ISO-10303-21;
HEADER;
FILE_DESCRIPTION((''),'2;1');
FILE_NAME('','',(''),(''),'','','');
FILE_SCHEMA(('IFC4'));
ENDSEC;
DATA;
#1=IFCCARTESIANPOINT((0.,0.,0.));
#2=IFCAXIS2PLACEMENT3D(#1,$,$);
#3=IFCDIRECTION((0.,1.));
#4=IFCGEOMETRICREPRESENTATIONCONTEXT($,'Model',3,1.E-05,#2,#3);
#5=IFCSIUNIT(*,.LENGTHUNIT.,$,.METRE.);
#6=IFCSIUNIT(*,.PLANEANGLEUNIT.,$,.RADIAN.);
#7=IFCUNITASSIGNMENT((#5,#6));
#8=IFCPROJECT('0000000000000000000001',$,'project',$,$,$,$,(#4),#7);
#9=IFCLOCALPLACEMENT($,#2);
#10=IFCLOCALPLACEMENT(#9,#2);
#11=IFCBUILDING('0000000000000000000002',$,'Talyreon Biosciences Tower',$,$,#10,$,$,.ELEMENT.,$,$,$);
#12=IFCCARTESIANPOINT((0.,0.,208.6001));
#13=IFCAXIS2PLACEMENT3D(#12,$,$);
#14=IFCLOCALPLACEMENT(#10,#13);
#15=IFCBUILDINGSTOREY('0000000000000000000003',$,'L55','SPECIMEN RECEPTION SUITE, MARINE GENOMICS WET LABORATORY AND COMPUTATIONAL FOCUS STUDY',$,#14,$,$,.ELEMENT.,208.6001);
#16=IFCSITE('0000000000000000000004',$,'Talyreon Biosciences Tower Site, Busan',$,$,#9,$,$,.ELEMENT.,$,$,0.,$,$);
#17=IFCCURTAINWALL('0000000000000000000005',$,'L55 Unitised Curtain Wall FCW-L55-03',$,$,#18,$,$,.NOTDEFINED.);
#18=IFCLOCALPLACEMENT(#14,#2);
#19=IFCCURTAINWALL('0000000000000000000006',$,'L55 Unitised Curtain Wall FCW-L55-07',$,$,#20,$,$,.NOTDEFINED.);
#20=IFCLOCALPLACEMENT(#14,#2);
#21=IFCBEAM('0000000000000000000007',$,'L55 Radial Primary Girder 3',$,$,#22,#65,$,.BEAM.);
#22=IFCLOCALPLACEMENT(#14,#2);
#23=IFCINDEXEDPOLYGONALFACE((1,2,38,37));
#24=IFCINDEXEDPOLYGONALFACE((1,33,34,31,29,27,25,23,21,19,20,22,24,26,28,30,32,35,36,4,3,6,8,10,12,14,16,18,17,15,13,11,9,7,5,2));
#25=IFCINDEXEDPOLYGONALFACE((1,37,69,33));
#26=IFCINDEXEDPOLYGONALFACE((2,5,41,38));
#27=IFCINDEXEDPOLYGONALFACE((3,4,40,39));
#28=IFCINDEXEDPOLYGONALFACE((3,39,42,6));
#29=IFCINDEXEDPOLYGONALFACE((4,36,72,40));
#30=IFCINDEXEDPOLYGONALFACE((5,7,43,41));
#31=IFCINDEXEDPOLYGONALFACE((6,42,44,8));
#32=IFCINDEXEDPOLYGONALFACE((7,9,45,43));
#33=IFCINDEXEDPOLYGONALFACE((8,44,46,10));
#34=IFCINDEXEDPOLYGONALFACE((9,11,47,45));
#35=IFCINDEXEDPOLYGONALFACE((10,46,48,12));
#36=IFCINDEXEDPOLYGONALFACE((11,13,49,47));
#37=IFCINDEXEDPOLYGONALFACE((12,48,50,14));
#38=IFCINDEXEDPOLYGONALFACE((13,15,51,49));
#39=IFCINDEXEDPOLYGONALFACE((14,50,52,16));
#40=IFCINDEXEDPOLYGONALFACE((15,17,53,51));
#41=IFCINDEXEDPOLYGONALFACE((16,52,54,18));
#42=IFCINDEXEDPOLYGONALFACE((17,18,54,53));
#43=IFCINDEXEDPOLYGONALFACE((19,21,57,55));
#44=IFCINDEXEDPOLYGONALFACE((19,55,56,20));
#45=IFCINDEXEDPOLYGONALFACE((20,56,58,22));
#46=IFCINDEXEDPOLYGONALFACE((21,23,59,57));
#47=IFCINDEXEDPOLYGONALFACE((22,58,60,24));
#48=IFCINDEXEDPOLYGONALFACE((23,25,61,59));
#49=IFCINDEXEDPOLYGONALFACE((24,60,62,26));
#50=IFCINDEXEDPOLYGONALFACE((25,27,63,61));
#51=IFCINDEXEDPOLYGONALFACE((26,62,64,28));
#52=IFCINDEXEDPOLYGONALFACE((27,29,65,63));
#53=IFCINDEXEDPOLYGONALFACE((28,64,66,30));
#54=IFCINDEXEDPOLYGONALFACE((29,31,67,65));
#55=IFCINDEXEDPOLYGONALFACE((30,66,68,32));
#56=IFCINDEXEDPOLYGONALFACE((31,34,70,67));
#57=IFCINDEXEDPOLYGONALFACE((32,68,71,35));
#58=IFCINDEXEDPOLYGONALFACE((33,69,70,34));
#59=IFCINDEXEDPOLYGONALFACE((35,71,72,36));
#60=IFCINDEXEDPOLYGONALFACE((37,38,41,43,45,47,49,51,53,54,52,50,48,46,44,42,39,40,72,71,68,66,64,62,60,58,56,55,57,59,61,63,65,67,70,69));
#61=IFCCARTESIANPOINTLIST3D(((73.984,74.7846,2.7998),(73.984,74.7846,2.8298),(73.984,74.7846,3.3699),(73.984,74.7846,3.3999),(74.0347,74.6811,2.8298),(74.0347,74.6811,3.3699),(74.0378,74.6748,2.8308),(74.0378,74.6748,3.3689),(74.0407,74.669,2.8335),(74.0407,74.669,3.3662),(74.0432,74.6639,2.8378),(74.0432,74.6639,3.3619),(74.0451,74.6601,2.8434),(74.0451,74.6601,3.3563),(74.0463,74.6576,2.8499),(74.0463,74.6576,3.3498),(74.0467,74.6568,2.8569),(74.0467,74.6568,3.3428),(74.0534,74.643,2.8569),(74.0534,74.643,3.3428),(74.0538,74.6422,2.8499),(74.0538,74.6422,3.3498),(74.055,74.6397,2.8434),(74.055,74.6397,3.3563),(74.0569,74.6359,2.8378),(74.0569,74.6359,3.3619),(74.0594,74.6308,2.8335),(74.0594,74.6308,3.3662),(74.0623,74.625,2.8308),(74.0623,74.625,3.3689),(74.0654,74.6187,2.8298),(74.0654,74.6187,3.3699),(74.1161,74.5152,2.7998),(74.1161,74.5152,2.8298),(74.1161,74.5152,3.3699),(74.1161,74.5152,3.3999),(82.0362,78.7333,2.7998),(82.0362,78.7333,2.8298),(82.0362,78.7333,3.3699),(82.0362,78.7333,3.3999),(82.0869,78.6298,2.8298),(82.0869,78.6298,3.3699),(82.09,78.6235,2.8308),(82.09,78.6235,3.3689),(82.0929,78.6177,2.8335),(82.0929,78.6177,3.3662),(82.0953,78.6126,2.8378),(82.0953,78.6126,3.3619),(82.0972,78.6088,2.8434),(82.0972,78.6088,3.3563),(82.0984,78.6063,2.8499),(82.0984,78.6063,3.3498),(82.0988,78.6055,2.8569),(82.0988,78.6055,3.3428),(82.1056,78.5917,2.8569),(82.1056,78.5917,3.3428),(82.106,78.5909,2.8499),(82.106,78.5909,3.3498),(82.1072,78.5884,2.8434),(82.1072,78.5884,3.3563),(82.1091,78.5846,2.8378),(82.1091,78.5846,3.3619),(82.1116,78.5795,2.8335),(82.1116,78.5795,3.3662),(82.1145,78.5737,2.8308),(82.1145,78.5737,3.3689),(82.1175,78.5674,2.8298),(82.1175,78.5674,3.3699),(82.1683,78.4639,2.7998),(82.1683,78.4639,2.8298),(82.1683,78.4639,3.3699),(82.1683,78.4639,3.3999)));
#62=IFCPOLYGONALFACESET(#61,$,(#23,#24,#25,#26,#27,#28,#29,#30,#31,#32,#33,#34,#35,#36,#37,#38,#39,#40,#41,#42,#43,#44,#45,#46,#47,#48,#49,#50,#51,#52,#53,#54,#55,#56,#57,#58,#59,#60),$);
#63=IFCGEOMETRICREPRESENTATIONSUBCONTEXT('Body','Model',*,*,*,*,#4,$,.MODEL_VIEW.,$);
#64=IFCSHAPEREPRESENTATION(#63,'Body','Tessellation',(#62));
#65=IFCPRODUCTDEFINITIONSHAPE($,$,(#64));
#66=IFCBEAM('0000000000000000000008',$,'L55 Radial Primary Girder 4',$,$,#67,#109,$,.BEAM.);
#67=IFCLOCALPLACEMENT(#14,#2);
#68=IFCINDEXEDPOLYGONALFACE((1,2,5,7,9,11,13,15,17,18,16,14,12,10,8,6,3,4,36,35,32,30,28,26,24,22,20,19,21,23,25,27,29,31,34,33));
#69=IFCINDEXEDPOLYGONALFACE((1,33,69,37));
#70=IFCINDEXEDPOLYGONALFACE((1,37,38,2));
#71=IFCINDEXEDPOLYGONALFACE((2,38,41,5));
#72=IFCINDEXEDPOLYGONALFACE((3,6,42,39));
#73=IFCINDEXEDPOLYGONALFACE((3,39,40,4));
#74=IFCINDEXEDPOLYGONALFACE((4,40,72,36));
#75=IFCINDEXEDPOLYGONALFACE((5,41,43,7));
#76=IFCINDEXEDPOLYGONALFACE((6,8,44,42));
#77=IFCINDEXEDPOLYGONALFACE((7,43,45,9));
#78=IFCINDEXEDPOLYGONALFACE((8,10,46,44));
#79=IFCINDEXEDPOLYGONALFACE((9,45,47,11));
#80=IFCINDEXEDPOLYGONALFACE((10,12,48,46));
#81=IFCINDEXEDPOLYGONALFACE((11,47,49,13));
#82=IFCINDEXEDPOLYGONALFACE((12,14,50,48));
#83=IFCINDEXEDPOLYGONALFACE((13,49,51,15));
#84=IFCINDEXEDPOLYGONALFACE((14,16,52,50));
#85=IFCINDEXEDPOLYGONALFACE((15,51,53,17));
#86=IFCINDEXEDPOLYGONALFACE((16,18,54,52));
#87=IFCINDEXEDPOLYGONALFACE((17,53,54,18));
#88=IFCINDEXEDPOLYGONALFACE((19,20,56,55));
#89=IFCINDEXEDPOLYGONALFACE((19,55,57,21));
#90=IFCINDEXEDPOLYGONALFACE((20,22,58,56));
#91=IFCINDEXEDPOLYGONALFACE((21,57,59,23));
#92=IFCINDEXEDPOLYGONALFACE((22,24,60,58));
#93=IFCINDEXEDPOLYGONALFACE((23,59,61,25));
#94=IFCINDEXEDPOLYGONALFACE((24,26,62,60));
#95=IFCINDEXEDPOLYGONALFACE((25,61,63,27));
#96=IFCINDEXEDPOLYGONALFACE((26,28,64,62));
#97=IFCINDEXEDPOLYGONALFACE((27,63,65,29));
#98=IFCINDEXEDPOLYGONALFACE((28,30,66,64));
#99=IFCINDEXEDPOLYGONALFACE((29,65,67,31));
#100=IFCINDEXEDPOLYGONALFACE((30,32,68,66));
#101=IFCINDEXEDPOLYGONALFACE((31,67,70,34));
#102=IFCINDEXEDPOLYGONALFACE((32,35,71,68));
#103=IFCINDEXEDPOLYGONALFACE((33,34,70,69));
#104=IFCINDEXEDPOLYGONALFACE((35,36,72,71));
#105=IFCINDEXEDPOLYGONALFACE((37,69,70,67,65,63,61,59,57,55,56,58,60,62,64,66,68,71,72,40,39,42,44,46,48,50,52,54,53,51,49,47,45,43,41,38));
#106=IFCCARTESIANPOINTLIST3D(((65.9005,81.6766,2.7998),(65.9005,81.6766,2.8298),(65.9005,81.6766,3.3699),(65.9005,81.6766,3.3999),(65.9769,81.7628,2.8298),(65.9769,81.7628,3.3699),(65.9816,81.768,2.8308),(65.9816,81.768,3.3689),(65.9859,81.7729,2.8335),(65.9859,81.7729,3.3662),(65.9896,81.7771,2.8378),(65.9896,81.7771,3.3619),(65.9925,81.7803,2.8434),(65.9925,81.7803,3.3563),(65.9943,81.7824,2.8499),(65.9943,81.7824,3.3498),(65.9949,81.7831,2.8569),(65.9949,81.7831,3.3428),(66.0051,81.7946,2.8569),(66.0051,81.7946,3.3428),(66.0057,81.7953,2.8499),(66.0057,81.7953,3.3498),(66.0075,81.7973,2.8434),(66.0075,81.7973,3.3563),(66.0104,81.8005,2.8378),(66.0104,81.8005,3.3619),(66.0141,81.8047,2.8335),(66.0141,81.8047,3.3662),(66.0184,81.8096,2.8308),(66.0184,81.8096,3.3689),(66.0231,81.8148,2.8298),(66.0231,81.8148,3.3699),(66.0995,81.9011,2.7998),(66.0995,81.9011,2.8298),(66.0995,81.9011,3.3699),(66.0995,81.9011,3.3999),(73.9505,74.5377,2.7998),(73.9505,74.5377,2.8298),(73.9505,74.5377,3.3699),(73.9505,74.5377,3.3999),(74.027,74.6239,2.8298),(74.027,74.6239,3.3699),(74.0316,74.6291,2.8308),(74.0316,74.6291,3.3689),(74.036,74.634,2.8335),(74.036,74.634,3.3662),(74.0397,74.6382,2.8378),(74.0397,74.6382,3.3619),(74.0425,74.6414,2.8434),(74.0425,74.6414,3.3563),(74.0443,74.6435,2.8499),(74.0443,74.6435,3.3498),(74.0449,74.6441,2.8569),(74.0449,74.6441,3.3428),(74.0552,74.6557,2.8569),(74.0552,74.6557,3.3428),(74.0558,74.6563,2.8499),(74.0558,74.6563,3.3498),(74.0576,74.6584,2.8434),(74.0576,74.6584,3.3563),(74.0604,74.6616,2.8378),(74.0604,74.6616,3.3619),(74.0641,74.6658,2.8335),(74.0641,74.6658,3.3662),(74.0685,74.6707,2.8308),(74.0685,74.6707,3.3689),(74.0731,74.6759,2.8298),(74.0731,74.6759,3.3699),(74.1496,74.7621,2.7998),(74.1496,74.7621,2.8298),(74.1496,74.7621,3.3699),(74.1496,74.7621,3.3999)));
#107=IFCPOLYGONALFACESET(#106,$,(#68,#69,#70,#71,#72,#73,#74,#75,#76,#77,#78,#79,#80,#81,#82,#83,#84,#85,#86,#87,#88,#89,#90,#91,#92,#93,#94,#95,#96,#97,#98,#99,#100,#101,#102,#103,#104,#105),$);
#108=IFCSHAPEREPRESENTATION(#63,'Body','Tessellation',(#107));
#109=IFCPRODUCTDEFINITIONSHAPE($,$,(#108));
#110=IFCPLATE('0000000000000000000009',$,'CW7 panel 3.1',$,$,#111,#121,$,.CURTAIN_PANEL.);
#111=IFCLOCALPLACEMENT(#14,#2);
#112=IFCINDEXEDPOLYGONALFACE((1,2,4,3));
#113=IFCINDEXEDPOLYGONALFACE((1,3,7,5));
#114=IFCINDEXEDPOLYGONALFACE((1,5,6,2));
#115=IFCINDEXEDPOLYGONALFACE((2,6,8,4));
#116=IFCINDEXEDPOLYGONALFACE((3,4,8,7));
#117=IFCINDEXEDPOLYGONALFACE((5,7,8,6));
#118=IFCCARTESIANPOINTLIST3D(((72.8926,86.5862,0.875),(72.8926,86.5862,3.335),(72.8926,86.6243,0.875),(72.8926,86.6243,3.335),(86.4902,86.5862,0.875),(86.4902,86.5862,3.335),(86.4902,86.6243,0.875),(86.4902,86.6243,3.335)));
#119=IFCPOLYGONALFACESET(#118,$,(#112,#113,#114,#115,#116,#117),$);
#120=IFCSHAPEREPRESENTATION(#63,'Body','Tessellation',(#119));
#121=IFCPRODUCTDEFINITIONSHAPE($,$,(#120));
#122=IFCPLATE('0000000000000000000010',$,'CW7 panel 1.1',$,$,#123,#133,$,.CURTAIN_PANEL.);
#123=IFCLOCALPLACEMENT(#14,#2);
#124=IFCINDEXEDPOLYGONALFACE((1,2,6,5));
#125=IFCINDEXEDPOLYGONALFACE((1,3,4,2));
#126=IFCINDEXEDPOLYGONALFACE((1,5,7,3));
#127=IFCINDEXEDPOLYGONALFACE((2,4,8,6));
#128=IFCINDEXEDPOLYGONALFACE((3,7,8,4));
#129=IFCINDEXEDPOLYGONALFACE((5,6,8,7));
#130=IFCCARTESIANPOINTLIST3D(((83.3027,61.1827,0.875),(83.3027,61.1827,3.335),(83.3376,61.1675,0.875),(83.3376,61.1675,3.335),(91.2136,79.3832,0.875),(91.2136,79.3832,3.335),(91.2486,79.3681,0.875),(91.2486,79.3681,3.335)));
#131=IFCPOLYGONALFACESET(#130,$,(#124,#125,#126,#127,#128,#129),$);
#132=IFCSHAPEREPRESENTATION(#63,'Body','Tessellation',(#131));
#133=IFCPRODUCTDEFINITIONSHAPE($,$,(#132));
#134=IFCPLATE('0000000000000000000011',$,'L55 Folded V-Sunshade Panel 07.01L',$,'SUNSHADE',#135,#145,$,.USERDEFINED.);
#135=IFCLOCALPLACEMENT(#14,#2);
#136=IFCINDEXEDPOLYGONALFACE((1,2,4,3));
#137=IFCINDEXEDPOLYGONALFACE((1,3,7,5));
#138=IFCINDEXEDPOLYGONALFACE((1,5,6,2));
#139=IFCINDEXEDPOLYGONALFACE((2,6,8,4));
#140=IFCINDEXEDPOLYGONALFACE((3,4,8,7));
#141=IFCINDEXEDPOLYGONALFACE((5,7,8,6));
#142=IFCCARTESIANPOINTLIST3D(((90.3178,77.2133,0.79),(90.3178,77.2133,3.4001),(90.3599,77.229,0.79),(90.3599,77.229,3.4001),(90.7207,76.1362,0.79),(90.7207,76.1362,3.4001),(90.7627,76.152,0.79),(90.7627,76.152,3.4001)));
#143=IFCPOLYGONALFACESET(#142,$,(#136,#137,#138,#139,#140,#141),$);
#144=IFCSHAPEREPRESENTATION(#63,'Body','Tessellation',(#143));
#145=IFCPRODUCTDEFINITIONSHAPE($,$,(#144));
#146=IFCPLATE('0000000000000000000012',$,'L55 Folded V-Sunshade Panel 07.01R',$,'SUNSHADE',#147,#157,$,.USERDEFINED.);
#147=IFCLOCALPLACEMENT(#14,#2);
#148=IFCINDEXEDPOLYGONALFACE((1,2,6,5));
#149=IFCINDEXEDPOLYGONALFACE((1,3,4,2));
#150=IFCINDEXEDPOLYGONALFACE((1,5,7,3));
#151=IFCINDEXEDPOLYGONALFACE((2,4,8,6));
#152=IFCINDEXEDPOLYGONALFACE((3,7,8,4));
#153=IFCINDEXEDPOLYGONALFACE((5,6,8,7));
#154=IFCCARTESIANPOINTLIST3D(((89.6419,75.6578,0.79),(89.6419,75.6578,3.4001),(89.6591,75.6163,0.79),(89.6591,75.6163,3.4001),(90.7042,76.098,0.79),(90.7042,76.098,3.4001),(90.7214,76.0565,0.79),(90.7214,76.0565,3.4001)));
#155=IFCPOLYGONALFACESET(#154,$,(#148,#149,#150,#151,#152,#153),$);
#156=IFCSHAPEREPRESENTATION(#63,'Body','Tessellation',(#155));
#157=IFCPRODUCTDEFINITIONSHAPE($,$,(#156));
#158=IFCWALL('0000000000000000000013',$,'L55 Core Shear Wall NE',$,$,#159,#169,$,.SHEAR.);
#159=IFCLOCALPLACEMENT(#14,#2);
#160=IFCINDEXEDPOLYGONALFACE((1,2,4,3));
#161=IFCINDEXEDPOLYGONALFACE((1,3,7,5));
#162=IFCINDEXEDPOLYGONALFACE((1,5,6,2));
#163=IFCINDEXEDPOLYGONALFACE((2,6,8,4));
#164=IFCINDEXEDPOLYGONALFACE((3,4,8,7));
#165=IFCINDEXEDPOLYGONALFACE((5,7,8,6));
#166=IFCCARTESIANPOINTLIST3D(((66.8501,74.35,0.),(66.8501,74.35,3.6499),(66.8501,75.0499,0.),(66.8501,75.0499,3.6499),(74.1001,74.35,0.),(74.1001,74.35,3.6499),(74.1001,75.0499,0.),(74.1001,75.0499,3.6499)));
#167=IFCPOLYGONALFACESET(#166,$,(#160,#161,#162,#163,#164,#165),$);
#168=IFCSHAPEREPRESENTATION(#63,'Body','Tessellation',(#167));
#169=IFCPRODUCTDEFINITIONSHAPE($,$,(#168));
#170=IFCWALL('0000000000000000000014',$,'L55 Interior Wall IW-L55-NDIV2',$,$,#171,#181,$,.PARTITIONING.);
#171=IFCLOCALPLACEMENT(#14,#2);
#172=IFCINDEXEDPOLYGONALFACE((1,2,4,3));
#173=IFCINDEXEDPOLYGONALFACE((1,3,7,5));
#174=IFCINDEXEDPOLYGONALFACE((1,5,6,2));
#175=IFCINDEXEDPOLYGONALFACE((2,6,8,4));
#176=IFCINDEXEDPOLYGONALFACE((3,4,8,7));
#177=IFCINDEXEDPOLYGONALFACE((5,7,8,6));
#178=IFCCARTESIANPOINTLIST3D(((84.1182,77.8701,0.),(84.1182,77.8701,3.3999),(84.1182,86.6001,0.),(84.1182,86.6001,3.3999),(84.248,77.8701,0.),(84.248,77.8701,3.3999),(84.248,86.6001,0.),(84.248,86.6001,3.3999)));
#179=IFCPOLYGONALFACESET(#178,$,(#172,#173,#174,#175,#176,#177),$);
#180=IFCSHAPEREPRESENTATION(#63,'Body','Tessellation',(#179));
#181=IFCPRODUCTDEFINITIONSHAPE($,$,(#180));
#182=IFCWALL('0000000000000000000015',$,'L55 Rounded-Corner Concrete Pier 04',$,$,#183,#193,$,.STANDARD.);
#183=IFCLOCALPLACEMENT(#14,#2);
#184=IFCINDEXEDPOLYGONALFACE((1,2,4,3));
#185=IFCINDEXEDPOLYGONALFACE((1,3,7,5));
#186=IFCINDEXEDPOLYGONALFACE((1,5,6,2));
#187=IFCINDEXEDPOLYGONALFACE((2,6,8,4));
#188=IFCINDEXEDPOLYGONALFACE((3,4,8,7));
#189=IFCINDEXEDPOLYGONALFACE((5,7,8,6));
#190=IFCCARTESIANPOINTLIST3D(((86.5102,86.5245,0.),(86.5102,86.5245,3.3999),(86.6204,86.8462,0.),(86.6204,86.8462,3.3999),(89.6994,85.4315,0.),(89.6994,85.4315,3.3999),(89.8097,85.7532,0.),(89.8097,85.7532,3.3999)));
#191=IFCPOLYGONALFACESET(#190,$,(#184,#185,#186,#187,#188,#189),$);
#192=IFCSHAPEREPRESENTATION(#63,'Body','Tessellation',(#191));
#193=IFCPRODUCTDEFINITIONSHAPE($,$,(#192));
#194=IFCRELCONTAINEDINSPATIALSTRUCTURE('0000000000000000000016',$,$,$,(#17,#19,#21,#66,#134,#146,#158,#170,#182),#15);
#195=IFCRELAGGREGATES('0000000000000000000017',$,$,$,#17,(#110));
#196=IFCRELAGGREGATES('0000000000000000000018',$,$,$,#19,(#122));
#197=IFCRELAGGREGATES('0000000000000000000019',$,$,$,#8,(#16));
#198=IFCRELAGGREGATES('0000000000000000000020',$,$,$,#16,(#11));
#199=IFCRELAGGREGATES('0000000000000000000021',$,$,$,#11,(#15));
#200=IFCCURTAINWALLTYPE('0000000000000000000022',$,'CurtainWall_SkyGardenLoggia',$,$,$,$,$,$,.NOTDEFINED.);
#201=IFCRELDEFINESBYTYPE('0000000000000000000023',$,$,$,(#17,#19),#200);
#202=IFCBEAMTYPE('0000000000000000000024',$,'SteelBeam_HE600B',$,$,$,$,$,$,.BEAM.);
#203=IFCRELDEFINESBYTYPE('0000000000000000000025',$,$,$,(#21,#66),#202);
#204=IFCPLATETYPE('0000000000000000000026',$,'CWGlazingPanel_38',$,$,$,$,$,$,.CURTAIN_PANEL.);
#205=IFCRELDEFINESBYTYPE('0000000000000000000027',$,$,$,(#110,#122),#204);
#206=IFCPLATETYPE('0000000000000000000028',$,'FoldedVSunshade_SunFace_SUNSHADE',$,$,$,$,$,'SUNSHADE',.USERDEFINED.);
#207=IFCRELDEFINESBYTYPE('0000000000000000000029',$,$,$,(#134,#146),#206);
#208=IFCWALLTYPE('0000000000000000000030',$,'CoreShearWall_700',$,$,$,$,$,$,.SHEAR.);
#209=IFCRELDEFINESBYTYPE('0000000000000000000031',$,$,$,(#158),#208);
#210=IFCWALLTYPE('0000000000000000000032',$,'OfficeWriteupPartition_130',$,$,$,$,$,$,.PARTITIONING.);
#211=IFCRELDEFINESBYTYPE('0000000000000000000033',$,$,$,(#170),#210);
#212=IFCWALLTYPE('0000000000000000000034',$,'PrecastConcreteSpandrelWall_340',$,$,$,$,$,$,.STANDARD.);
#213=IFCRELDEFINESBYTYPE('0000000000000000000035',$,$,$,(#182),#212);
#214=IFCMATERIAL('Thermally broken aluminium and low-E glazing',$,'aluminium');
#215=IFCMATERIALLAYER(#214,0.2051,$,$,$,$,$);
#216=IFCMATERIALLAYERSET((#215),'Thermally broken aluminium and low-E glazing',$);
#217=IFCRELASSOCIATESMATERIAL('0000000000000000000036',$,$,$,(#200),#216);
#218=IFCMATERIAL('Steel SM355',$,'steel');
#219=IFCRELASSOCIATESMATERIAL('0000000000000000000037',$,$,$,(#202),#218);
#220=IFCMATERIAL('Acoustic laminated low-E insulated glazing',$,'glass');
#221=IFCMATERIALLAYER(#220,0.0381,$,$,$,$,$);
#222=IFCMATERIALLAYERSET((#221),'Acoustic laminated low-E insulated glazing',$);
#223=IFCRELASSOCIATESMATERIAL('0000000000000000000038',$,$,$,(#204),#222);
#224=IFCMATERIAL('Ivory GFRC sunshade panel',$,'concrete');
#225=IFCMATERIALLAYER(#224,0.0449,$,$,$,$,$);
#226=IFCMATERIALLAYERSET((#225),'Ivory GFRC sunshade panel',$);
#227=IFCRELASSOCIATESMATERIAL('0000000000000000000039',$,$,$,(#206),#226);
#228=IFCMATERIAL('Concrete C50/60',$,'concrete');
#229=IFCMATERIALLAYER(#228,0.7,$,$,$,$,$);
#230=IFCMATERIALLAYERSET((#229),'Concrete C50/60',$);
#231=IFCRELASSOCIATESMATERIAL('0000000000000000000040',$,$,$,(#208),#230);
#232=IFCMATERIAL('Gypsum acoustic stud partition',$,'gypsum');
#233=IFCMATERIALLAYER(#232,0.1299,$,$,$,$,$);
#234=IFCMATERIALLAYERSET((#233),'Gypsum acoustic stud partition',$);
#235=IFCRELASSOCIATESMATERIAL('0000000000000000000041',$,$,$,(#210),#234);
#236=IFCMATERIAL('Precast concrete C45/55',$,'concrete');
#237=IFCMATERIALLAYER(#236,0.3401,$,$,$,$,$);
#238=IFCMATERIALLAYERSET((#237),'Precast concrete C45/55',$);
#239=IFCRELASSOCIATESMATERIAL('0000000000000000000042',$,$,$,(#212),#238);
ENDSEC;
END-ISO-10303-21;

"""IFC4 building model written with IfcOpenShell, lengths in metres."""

from ifc_helpers import new_model, si_unit, direction, frame, frame_2d, origin, origin_2d, place, context, subcontext, project, spatial, rectangle, i_section, extrude, material, layer, layer_set, material_profile, profile_set, type_object, element, aggregate, save


model = new_model("IFC4")

# Units and contexts
model_context = context("Model", 3, precision=1e-05, world=origin(), true_north=direction((0.0, 1.0)))
body_context = subcontext(model_context, "Body", "Model", "MODEL_VIEW")
ifc_project = project(units=[si_unit("LENGTHUNIT", "METRE"), si_unit("PLANEANGLEUNIT", "RADIAN")], contexts=[model_context])

# Site, building, storey
site_placement = place(None, origin())
site = spatial("IfcSite", under=ifc_project, at=site_placement, Name="Talyreon Biosciences Tower Site, Busan", CompositionType="ELEMENT", RefElevation=0.0)
building_placement = place(site_placement, origin())
building = spatial("IfcBuilding", under=site, at=building_placement, Name="Talyreon Biosciences Tower", CompositionType="ELEMENT")
storey_placement = place(building_placement, frame((0.0, 0.0, 208.6001)))
storey = spatial("IfcBuildingStorey", under=building, at=storey_placement, Name="L55", Description="SPECIMEN RECEPTION SUITE, MARINE GENOMICS WET LABORATORY AND COMPUTATIONAL FOCUS STUDY", CompositionType="ELEMENT", Elevation=208.6001)

# Shared definitions
ifc_material_1 = material(Name="Concrete C50/60", Category="concrete")

# Curtain wall
ifc_material_2 = material(Name="Thermally broken aluminium and low-E glazing", Category="aluminium")
ifc_layer_1 = layer(ifc_material_2, 0.2051)
ifc_layer_set_1 = layer_set([ifc_layer_1], Name="Thermally broken aluminium and low-E glazing")
curtain_wall_type = type_object("IfcCurtainWallType", Name="CurtainWall_SkyGardenLoggia", PredefinedType="NOTDEFINED", material=ifc_layer_set_1)
curtain_wall_1_placement = place(storey_placement, origin())
curtain_wall_1 = element("IfcCurtainWall", 1, at=curtain_wall_1_placement, inside=storey, type_object=curtain_wall_type, Name="L55 Unitised Curtain Wall FCW-L55-03", PredefinedType="NOTDEFINED")

# Curtain wall
curtain_wall_2_placement = place(storey_placement, origin())
curtain_wall_2 = element("IfcCurtainWall", 2, at=curtain_wall_2_placement, inside=storey, type_object=curtain_wall_type, Name="L55 Unitised Curtain Wall FCW-L55-07", PredefinedType="NOTDEFINED")

# Beams
ifc_material_3 = material(Name="Precast concrete C45/55", Category="concrete")
ifc_material_4 = material(Name="Steel SM355", Category="steel")
ifc_material_profile_1 = material_profile(ifc_material_4, i_section(OverallWidth=0.3, OverallDepth=0.6001, WebThickness=0.0154, FlangeThickness=0.03, FilletRadius=0.0271, at=origin_2d()), Name="HE600B")
ifc_profile_set_1 = profile_set([ifc_material_profile_1], Name="Steel SM355")
beam_type_1 = type_object("IfcBeamType", Name="SteelBeam_HE600B", PredefinedType="BEAM", material=ifc_profile_set_1)
beam_1_placement = place(storey_placement, frame((74.05, 74.6499, 3.0999), z_axis=(0.897852, 0.440297, 0.0), x_axis=(-0.440297, 0.897852, 0.0)))
element("IfcBeam", 3, at=beam_1_placement, inside=storey, type_object=beam_type_1, Name="L55 Radial Primary Girder 3", PredefinedType="BEAM", context=body_context, shape_type="SweptSolid", body=[
    extrude(i_section(OverallWidth=0.3, OverallDepth=0.6001, WebThickness=0.0154, FlangeThickness=0.03, FilletRadius=0.0271, at=origin_2d()), origin(), (0.0, 0.0, 1.0), 8.9683),
])
beam_2_placement = place(storey_placement, frame((74.05, 74.6499, 3.0999), z_axis=(-0.748179, 0.663497, 0.0), x_axis=(-0.663497, -0.748179, 0.0)))
element("IfcBeam", 4, at=beam_2_placement, inside=storey, type_object=beam_type_1, Name="L55 Radial Primary Girder 4", PredefinedType="BEAM", context=body_context, shape_type="SweptSolid", body=[
    extrude(i_section(OverallWidth=0.3, OverallDepth=0.6001, WebThickness=0.0154, FlangeThickness=0.03, FilletRadius=0.0271, at=origin_2d()), origin(), (0.0, 0.0, 1.0), 10.7595),
])

# Plates
ifc_material_5 = material(Name="Acoustic laminated low-E insulated glazing", Category="glass")
ifc_layer_2 = layer(ifc_material_5, 0.0381)
ifc_layer_set_2 = layer_set([ifc_layer_2], Name="Acoustic laminated low-E insulated glazing")
plate_type_1 = type_object("IfcPlateType", Name="CWGlazingPanel_38", PredefinedType="CURTAIN_PANEL", material=ifc_layer_set_2)
plate_1_placement = place(storey_placement, frame((79.6914, 86.6052, 0.875), z_axis=(0.0, 0.0, 1.0), x_axis=(1.0, 0.0, 0.0)))
plate_1 = element("IfcPlate", 5, at=plate_1_placement, type_object=plate_type_1, Name="CW7 panel 3.1", PredefinedType="CURTAIN_PANEL", context=body_context, shape_type="SweptSolid", body=[
    extrude(rectangle(XDim=13.5977, YDim=0.0381, at=origin_2d()), origin(), (0.0, 0.0, 1.0), 2.46),
])
aggregate(curtain_wall_1, [plate_1])
plate_2_placement = place(storey_placement, frame((87.2756, 70.2754, 0.875), z_axis=(0.0, 0.0, 1.0), x_axis=(-0.398628, -0.917113, 0.0)))
plate_2 = element("IfcPlate", 6, at=plate_2_placement, type_object=plate_type_1, Name="CW7 panel 1.1", PredefinedType="CURTAIN_PANEL", context=body_context, shape_type="SweptSolid", body=[
    extrude(rectangle(XDim=19.8455, YDim=0.0381, at=origin_2d()), origin(), (0.0, 0.0, 1.0), 2.46),
])
aggregate(curtain_wall_2, [plate_2])

# Plates
ifc_material_6 = material(Name="Ivory GFRC sunshade panel", Category="concrete")
ifc_layer_3 = layer(ifc_material_6, 0.0449)
ifc_layer_set_3 = layer_set([ifc_layer_3], Name="Ivory GFRC sunshade panel")
plate_type_2 = type_object("IfcPlateType", Name="FoldedVSunshade_SunFace_SUNSHADE", ElementType="SUNSHADE", PredefinedType="USERDEFINED", material=ifc_layer_set_3)
for number, where, z_axis, x_axis, name in (
    (7, (90.5403, 76.6826, 0.79), (0.0, 0.0, 1.0), (0.350338, -0.936623, 0.0), "L55 Folded V-Sunshade Panel 07.01L"),
    (8, (90.1816, 75.8572, 0.79), (0.0, 0.0, 1.0), (-0.923826, -0.382812, 0.0), "L55 Folded V-Sunshade Panel 07.01R"),
):
    element("IfcPlate", number, at=place(storey_placement, frame(where, z_axis=z_axis, x_axis=x_axis)), inside=storey, type_object=plate_type_2, Name=name, ObjectType="SUNSHADE", PredefinedType="USERDEFINED", context=body_context, shape_type="SweptSolid", body=[
        extrude(rectangle(XDim=1.1499, YDim=0.0449, at=origin_2d()), origin(), (0.0, 0.0, 1.0), 2.6101),
    ])

# Walls
ifc_layer_4 = layer(ifc_material_1, 0.7)
ifc_layer_set_4 = layer_set([ifc_layer_4], Name="Concrete C50/60")
wall_type_1 = type_object("IfcWallType", Name="CoreShearWall_700", PredefinedType="SHEAR", material=ifc_layer_set_4)
wall_1_placement = place(storey_placement, frame((74.1001, 74.7, 0.0), z_axis=(0.0, 0.0, 1.0), x_axis=(-1.0, 0.0, 0.0)))
element("IfcWall", 9, at=wall_1_placement, inside=storey, type_object=wall_type_1, Name="L55 Core Shear Wall NE", PredefinedType="SHEAR", context=body_context, shape_type="SweptSolid", body=[
    extrude(rectangle(XDim=7.25, YDim=0.7, at=frame_2d((3.625, 0.0))), origin(), (0.0, 0.0, 1.0), 3.6499),
])
ifc_material_7 = material(Name="Gypsum acoustic stud partition", Category="gypsum")
ifc_layer_5 = layer(ifc_material_7, 0.1299)
ifc_layer_set_5 = layer_set([ifc_layer_5], Name="Gypsum acoustic stud partition")
wall_type_2 = type_object("IfcWallType", Name="OfficeWriteupPartition_130", PredefinedType="PARTITIONING", material=ifc_layer_set_5)
wall_2_placement = place(storey_placement, frame((84.1831, 77.8701, 0.0), z_axis=(0.0, 0.0, 1.0), x_axis=(0.0, 1.0, 0.0)))
element("IfcWall", 10, at=wall_2_placement, inside=storey, type_object=wall_type_2, Name="L55 Interior Wall IW-L55-NDIV2", PredefinedType="PARTITIONING", context=body_context, shape_type="SweptSolid", body=[
    extrude(rectangle(XDim=8.73, YDim=0.1299, at=frame_2d((4.365, 0.0))), origin(), (0.0, 0.0, 1.0), 3.3999),
])
ifc_layer_6 = layer(ifc_material_3, 0.3401)
ifc_layer_set_6 = layer_set([ifc_layer_6], Name="Precast concrete C45/55")
wall_type_3 = type_object("IfcWallType", Name="PrecastConcreteSpandrelWall_340", PredefinedType="STANDARD", material=ifc_layer_set_6)
wall_3_placement = place(storey_placement, frame((86.5654, 86.6853, 0.0), z_axis=(0.0, 0.0, 1.0), x_axis=(0.945985, -0.324211, 0.0)))
element("IfcWall", 11, at=wall_3_placement, inside=storey, type_object=wall_type_3, Name="L55 Rounded-Corner Concrete Pier 04", PredefinedType="STANDARD", context=body_context, shape_type="SweptSolid", body=[
    extrude(rectangle(XDim=3.3713, YDim=0.3401, at=frame_2d((1.6855, 0.0))), origin(), (0.0, 0.0, 1.0), 3.3999),
])

save(model, "model.ifc")
